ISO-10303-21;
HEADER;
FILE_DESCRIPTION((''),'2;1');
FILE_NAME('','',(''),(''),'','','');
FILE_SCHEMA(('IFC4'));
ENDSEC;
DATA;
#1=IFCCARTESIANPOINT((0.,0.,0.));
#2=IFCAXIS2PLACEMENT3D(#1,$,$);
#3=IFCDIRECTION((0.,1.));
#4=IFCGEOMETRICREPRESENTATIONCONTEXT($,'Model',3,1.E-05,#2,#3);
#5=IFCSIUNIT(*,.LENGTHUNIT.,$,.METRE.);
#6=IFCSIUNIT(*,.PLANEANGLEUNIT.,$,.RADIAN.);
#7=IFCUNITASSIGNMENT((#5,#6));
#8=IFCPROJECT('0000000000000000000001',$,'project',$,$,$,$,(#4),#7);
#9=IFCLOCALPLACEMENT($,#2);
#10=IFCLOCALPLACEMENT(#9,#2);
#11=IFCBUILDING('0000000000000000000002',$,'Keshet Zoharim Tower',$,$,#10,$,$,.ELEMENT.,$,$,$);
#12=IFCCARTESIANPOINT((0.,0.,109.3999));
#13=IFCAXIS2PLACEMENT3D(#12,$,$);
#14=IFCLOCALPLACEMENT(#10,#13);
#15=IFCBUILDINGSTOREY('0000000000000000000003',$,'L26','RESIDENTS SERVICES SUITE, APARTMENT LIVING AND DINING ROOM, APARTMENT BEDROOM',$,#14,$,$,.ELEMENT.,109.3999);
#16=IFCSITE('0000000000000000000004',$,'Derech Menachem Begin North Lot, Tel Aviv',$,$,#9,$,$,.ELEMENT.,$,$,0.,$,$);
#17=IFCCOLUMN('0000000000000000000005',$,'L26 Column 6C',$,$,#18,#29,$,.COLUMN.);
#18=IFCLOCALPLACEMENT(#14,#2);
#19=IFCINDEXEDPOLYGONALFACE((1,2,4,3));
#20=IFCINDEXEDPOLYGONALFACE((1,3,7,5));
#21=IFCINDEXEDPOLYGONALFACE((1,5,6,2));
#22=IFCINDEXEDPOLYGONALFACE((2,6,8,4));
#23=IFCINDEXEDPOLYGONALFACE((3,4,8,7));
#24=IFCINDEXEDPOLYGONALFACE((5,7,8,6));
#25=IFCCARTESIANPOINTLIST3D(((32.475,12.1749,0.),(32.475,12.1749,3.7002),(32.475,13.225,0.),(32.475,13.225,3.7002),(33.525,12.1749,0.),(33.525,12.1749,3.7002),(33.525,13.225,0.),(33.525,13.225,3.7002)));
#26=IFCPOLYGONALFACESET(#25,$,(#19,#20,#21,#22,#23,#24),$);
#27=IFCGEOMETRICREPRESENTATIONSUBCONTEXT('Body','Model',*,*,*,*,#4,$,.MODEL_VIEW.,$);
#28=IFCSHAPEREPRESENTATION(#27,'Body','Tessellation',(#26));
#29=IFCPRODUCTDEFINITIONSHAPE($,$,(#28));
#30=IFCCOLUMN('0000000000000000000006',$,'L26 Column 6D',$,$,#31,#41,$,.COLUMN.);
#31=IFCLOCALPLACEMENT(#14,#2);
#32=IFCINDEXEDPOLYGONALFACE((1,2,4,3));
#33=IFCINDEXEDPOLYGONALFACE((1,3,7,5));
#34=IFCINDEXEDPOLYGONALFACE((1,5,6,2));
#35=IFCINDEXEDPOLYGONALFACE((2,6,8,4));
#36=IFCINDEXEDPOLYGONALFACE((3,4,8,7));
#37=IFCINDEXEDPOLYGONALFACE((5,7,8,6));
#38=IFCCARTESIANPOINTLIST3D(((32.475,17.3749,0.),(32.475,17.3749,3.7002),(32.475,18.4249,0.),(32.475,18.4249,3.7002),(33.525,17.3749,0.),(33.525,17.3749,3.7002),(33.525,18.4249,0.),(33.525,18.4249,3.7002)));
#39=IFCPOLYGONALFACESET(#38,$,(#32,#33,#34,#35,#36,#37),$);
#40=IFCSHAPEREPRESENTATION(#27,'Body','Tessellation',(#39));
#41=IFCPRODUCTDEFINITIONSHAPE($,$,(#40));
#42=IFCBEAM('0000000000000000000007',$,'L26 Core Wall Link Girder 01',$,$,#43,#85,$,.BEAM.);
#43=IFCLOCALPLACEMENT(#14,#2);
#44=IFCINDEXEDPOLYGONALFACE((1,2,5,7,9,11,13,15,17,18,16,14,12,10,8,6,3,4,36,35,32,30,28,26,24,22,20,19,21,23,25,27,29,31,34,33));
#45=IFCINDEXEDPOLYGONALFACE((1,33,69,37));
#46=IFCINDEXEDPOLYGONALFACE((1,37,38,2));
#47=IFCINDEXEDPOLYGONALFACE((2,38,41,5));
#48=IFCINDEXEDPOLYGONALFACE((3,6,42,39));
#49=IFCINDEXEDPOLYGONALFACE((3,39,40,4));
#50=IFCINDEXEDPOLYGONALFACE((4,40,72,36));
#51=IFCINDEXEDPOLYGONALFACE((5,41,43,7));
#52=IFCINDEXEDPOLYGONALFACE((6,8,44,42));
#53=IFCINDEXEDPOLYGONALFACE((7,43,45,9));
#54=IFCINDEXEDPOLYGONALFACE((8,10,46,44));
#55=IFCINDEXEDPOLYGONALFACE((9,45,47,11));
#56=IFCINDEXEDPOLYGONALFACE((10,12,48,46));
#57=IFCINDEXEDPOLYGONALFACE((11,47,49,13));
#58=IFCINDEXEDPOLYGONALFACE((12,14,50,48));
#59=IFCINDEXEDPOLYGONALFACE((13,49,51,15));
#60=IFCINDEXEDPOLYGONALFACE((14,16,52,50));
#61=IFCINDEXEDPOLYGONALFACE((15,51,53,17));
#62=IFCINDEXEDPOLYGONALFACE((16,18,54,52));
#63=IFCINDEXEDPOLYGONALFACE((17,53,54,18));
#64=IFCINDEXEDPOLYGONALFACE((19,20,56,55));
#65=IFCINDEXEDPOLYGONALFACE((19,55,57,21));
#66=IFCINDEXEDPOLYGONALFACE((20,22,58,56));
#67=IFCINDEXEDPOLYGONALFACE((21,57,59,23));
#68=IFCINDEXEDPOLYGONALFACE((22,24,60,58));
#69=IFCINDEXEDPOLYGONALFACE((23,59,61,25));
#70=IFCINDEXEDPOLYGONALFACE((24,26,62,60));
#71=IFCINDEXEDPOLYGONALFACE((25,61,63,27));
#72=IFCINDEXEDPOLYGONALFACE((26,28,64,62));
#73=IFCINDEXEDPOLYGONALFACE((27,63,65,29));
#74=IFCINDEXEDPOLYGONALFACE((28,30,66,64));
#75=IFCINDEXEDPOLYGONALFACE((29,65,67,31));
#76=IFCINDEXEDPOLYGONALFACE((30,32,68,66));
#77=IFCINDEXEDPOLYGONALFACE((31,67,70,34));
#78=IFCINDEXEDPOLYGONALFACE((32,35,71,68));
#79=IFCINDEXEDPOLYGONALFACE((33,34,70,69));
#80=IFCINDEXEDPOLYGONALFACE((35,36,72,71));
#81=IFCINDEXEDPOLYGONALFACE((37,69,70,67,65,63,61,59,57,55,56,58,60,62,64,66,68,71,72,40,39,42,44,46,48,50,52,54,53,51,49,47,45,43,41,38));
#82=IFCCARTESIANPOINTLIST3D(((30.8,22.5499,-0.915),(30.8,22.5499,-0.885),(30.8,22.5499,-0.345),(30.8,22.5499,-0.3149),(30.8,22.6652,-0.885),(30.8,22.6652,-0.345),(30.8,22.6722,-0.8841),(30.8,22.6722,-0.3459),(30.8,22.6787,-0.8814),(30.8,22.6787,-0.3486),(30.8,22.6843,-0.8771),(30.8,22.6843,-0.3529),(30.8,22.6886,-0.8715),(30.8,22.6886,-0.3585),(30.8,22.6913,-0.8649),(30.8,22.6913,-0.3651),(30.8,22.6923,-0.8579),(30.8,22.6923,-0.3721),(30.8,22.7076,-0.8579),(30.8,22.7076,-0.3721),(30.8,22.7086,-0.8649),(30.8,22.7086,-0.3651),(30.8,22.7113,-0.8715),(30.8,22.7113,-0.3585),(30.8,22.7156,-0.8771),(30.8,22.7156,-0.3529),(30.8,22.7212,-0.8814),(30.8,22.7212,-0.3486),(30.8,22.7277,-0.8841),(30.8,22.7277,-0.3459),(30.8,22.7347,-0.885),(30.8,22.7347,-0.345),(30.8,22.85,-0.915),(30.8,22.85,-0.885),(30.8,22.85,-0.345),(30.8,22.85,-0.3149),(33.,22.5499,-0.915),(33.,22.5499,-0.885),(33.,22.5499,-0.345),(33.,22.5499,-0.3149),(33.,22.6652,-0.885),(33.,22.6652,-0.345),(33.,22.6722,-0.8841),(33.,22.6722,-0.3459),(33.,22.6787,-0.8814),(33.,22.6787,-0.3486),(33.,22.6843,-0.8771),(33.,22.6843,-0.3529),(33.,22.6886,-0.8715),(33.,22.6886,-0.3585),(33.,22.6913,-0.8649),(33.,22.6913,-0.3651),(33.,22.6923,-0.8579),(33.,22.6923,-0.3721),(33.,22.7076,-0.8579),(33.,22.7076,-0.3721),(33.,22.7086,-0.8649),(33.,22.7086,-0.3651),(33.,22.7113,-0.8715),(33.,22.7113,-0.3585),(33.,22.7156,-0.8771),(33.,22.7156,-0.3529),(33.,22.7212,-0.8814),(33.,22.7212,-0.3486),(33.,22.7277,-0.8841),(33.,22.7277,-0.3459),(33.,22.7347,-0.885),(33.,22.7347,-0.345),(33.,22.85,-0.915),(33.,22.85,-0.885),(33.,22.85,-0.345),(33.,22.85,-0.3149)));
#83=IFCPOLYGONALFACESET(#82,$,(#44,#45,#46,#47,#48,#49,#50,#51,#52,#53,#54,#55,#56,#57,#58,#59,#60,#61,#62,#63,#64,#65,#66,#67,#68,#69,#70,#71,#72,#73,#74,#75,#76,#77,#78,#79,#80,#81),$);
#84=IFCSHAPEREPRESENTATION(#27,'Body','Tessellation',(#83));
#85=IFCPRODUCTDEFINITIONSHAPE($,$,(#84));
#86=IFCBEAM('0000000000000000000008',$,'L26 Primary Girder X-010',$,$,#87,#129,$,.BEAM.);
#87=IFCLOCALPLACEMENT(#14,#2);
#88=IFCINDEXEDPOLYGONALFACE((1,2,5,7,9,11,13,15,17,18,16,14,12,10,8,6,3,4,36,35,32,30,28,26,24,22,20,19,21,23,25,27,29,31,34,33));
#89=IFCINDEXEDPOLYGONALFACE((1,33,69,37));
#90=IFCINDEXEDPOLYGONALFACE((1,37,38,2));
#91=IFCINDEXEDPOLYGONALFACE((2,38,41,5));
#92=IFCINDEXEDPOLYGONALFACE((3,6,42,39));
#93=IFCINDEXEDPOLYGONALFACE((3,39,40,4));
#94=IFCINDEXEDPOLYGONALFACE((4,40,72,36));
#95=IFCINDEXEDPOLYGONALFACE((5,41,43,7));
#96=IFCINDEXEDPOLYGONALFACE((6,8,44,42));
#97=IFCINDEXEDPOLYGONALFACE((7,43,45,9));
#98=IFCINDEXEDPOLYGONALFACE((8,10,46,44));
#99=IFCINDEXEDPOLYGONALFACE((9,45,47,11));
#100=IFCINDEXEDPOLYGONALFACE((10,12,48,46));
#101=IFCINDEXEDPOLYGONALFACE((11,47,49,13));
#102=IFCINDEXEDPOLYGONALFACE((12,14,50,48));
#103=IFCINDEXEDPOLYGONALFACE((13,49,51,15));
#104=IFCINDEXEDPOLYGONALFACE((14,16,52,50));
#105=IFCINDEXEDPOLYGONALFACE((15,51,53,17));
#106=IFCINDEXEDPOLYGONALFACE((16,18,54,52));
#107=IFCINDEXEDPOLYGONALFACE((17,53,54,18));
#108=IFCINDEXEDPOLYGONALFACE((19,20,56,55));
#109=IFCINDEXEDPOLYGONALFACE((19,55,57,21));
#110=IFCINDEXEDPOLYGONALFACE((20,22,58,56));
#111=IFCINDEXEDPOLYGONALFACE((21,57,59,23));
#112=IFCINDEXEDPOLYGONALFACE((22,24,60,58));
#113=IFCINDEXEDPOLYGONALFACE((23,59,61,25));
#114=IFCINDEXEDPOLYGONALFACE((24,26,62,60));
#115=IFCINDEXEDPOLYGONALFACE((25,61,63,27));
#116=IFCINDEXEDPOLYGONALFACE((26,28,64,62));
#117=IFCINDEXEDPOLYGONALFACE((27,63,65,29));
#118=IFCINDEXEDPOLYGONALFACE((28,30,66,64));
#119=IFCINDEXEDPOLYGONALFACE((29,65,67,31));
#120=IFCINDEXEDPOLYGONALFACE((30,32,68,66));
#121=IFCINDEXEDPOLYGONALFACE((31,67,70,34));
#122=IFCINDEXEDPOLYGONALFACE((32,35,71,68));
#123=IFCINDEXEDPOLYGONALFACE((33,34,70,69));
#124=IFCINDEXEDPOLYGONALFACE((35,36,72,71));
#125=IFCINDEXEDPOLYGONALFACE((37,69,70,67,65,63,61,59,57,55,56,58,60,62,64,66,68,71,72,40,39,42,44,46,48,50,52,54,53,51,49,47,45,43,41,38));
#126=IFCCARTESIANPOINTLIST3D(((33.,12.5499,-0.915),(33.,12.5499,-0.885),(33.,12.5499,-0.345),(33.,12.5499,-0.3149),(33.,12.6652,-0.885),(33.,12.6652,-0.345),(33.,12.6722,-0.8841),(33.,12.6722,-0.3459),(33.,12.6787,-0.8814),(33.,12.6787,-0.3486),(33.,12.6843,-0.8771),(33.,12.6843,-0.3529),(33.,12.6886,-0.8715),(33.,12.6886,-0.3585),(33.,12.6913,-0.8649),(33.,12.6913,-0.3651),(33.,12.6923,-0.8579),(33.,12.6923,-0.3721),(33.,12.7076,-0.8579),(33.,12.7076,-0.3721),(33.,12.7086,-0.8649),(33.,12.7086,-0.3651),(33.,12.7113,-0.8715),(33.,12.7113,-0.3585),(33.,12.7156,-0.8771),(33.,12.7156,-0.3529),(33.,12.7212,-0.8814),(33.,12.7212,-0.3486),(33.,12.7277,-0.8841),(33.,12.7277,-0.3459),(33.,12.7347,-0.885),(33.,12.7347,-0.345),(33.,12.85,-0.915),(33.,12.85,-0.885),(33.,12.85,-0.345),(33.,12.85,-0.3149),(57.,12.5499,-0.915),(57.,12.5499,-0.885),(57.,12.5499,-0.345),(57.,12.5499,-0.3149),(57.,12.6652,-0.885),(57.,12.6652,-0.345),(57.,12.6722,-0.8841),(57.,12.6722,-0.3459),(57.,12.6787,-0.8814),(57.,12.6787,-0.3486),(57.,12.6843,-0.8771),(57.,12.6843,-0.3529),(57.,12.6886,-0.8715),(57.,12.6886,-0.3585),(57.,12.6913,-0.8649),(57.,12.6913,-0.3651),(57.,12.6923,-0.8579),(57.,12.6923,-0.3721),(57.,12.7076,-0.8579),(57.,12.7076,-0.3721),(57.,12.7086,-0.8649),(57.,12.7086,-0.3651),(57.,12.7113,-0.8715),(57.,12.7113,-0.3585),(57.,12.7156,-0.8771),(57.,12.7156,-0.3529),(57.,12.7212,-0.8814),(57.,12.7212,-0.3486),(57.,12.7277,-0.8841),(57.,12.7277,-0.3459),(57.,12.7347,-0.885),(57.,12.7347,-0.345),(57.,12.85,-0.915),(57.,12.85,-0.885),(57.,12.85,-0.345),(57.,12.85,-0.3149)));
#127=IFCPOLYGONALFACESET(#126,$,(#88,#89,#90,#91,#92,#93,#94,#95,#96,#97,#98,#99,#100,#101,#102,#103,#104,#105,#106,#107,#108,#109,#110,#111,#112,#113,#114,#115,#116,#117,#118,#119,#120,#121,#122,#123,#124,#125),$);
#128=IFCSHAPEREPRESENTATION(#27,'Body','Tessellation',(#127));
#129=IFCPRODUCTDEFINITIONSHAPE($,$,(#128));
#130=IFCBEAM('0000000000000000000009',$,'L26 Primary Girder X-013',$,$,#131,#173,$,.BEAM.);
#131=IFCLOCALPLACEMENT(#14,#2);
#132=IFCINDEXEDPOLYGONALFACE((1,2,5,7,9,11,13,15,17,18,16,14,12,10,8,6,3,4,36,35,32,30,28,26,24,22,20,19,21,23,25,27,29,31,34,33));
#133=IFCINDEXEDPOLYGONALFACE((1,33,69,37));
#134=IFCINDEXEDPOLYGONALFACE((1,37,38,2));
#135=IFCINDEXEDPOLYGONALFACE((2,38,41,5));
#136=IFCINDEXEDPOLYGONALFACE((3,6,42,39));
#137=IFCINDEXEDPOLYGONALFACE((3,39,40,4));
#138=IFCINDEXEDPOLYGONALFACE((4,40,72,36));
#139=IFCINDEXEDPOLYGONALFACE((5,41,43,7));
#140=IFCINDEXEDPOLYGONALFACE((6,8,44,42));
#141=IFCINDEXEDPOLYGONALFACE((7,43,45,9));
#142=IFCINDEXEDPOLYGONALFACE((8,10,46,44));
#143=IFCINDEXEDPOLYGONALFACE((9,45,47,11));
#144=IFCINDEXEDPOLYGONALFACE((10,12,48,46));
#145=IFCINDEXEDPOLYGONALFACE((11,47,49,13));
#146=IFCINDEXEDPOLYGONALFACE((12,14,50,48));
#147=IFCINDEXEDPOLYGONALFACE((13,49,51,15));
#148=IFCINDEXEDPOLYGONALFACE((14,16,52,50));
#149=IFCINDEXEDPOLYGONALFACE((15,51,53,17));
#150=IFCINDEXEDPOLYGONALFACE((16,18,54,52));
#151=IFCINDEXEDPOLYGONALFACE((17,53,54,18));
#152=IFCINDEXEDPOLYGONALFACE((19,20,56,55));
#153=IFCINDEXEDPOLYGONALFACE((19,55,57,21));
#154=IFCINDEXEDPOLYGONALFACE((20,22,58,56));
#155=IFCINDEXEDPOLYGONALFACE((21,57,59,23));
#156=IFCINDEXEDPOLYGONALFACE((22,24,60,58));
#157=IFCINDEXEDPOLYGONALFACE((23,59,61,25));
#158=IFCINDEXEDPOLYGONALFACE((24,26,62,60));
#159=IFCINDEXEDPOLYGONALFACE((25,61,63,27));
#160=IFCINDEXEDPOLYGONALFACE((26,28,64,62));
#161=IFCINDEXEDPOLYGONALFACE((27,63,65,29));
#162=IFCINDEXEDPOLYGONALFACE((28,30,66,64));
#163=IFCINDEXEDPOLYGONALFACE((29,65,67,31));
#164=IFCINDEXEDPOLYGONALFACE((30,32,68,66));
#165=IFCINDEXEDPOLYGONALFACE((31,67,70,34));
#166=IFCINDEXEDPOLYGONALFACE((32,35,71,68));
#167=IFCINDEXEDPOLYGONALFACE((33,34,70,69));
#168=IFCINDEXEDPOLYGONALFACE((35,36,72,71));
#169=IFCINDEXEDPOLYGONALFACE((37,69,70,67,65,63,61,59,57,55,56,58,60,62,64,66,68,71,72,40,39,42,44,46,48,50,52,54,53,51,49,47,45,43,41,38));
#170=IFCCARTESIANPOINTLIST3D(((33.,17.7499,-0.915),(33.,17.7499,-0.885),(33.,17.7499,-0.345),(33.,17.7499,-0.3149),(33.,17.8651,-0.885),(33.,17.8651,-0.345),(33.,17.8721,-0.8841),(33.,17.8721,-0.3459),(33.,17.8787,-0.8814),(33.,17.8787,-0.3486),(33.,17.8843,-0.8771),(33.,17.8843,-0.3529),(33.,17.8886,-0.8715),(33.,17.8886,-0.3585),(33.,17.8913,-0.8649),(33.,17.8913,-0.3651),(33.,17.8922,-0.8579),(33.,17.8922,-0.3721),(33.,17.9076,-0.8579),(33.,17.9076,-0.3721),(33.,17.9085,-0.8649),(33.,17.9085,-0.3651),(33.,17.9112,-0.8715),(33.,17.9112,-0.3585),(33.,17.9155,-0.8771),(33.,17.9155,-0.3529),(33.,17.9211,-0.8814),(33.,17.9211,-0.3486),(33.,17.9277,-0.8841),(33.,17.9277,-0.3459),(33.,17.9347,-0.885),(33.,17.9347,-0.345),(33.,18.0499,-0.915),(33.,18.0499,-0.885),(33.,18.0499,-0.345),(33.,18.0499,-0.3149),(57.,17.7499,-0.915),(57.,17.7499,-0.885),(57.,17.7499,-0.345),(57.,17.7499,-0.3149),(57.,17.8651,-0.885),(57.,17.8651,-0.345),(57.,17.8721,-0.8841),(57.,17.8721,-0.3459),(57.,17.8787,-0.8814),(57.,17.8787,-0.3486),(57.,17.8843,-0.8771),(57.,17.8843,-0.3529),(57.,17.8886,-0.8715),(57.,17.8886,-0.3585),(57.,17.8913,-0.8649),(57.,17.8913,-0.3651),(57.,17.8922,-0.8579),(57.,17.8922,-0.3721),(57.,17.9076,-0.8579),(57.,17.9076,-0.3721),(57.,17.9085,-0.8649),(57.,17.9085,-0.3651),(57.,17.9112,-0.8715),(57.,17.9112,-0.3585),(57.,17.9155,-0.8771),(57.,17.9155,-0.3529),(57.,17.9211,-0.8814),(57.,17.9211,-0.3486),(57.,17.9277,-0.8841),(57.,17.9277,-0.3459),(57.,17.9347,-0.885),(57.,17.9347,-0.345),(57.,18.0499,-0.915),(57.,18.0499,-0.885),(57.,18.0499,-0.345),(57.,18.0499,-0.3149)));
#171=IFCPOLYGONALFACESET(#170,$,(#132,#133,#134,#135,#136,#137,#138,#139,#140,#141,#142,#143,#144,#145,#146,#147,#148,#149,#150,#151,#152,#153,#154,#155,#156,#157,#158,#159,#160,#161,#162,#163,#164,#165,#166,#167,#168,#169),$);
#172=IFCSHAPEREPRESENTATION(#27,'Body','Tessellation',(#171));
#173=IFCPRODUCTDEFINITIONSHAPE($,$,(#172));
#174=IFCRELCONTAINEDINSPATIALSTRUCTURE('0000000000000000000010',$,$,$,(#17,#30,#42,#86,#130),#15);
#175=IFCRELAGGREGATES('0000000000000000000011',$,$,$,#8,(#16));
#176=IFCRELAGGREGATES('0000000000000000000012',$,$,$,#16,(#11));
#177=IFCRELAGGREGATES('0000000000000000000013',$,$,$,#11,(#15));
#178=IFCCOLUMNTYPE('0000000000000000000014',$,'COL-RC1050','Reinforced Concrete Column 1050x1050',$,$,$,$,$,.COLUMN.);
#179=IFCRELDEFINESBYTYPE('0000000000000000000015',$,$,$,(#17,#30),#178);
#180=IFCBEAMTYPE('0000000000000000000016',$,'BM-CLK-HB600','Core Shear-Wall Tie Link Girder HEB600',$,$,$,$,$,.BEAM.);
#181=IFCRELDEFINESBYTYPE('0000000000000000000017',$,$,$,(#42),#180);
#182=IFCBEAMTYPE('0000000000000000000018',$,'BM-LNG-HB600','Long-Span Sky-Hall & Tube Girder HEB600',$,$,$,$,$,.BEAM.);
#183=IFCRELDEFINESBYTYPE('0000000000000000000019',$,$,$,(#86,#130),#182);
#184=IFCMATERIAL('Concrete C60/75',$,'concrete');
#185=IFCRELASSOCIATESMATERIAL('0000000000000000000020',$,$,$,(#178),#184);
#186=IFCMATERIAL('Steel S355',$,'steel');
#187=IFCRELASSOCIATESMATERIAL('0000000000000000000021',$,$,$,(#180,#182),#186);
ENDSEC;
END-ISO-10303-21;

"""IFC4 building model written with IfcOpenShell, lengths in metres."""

from ifc_helpers import new_model, si_unit, direction, frame, origin, origin_2d, place, context, subcontext, project, spatial, rectangle, i_section, extrude, material, material_profile, profile_set, type_object, element, save


model = new_model("IFC4")

# Units and contexts
model_context = context("Model", 3, precision=1e-05, world=origin(), true_north=direction((0.0, 1.0)))
body_context = subcontext(model_context, "Body", "Model", "MODEL_VIEW")
ifc_project = project(units=[si_unit("LENGTHUNIT", "METRE"), si_unit("PLANEANGLEUNIT", "RADIAN")], contexts=[model_context])

# Site, building, storey
site_placement = place(None, origin())
site = spatial("IfcSite", under=ifc_project, at=site_placement, Name="Derech Menachem Begin North Lot, Tel Aviv", CompositionType="ELEMENT", RefElevation=0.0)
building_placement = place(site_placement, origin())
building = spatial("IfcBuilding", under=site, at=building_placement, Name="Keshet Zoharim Tower", CompositionType="ELEMENT")
storey_placement = place(building_placement, frame((0.0, 0.0, 109.3999)))
storey = spatial("IfcBuildingStorey", under=building, at=storey_placement, Name="L26", Description="RESIDENTS SERVICES SUITE, APARTMENT LIVING AND DINING ROOM, APARTMENT BEDROOM", CompositionType="ELEMENT", Elevation=109.3999)

# Columns
ifc_material_1 = material(Name="Concrete C60/75", Category="concrete")
ifc_material_profile_1 = material_profile(ifc_material_1, rectangle(XDim=1.05, YDim=1.05, at=origin_2d()), Name="RC1050x1050")
ifc_profile_set_1 = profile_set([ifc_material_profile_1], Name="Concrete C60/75")
column_type = type_object("IfcColumnType", Name="COL-RC1050", Description="Reinforced Concrete Column 1050x1050", PredefinedType="COLUMN", material=ifc_profile_set_1)
for number, where, z_axis, x_axis, name in (
    (1, (33.0, 12.7, 0.0), (0.0, 0.0, 1.0), (1.0, 0.0, 0.0), "L26 Column 6C"),
    (2, (33.0, 17.8999, 0.0), (0.0, 0.0, 1.0), (1.0, 0.0, 0.0), "L26 Column 6D"),
):
    element("IfcColumn", number, at=place(storey_placement, frame(where, z_axis=z_axis, x_axis=x_axis)), inside=storey, type_object=column_type, Name=name, PredefinedType="COLUMN", context=body_context, shape_type="SweptSolid", body=[
        extrude(rectangle(XDim=1.05, YDim=1.05, at=origin_2d()), origin(), (0.0, 0.0, 1.0), 3.7002),
    ])

# Beams
ifc_material_2 = material(Name="Steel S355", Category="steel")
ifc_material_profile_2 = material_profile(ifc_material_2, i_section(OverallWidth=0.3, OverallDepth=0.6001, WebThickness=0.0154, FlangeThickness=0.03, FilletRadius=0.0271, at=origin_2d()), Name="HEB600")
ifc_profile_set_2 = profile_set([ifc_material_profile_2], Name="Steel S355")
beam_type_1 = type_object("IfcBeamType", Name="BM-CLK-HB600", Description="Core Shear-Wall Tie Link Girder HEB600", PredefinedType="BEAM", material=ifc_profile_set_2)
beam_1_placement = place(storey_placement, frame((30.8, 22.7, -0.615), z_axis=(1.0, 0.0, 0.0), x_axis=(0.0, 1.0, 0.0)))
element("IfcBeam", 3, at=beam_1_placement, inside=storey, type_object=beam_type_1, Name="L26 Core Wall Link Girder 01", PredefinedType="BEAM", context=body_context, shape_type="SweptSolid", body=[
    extrude(i_section(OverallWidth=0.3, OverallDepth=0.6001, WebThickness=0.0154, FlangeThickness=0.03, FilletRadius=0.0271, at=origin_2d()), origin(), (0.0, 0.0, 1.0), 2.2),
])
ifc_material_profile_3 = material_profile(ifc_material_2, i_section(OverallWidth=0.3, OverallDepth=0.6001, WebThickness=0.0154, FlangeThickness=0.03, FilletRadius=0.0271, at=origin_2d()), Name="HEB600")
ifc_profile_set_3 = profile_set([ifc_material_profile_3], Name="Steel S355")
beam_type_2 = type_object("IfcBeamType", Name="BM-LNG-HB600", Description="Long-Span Sky-Hall & Tube Girder HEB600", PredefinedType="BEAM", material=ifc_profile_set_3)
for number, where, z_axis, x_axis, name in (
    (4, (33.0, 12.7, -0.615), (1.0, 0.0, 0.0), (0.0, 1.0, 0.0), "L26 Primary Girder X-010"),
    (5, (33.0, 17.8999, -0.615), (1.0, 0.0, 0.0), (0.0, 1.0, 0.0), "L26 Primary Girder X-013"),
):
    element("IfcBeam", number, at=place(storey_placement, frame(where, z_axis=z_axis, x_axis=x_axis)), inside=storey, type_object=beam_type_2, Name=name, PredefinedType="BEAM", context=body_context, shape_type="SweptSolid", body=[
        extrude(i_section(OverallWidth=0.3, OverallDepth=0.6001, WebThickness=0.0154, FlangeThickness=0.03, FilletRadius=0.0271, at=origin_2d()), origin(), (0.0, 0.0, 1.0), 24.0),
    ])

save(model, "model.ifc")
